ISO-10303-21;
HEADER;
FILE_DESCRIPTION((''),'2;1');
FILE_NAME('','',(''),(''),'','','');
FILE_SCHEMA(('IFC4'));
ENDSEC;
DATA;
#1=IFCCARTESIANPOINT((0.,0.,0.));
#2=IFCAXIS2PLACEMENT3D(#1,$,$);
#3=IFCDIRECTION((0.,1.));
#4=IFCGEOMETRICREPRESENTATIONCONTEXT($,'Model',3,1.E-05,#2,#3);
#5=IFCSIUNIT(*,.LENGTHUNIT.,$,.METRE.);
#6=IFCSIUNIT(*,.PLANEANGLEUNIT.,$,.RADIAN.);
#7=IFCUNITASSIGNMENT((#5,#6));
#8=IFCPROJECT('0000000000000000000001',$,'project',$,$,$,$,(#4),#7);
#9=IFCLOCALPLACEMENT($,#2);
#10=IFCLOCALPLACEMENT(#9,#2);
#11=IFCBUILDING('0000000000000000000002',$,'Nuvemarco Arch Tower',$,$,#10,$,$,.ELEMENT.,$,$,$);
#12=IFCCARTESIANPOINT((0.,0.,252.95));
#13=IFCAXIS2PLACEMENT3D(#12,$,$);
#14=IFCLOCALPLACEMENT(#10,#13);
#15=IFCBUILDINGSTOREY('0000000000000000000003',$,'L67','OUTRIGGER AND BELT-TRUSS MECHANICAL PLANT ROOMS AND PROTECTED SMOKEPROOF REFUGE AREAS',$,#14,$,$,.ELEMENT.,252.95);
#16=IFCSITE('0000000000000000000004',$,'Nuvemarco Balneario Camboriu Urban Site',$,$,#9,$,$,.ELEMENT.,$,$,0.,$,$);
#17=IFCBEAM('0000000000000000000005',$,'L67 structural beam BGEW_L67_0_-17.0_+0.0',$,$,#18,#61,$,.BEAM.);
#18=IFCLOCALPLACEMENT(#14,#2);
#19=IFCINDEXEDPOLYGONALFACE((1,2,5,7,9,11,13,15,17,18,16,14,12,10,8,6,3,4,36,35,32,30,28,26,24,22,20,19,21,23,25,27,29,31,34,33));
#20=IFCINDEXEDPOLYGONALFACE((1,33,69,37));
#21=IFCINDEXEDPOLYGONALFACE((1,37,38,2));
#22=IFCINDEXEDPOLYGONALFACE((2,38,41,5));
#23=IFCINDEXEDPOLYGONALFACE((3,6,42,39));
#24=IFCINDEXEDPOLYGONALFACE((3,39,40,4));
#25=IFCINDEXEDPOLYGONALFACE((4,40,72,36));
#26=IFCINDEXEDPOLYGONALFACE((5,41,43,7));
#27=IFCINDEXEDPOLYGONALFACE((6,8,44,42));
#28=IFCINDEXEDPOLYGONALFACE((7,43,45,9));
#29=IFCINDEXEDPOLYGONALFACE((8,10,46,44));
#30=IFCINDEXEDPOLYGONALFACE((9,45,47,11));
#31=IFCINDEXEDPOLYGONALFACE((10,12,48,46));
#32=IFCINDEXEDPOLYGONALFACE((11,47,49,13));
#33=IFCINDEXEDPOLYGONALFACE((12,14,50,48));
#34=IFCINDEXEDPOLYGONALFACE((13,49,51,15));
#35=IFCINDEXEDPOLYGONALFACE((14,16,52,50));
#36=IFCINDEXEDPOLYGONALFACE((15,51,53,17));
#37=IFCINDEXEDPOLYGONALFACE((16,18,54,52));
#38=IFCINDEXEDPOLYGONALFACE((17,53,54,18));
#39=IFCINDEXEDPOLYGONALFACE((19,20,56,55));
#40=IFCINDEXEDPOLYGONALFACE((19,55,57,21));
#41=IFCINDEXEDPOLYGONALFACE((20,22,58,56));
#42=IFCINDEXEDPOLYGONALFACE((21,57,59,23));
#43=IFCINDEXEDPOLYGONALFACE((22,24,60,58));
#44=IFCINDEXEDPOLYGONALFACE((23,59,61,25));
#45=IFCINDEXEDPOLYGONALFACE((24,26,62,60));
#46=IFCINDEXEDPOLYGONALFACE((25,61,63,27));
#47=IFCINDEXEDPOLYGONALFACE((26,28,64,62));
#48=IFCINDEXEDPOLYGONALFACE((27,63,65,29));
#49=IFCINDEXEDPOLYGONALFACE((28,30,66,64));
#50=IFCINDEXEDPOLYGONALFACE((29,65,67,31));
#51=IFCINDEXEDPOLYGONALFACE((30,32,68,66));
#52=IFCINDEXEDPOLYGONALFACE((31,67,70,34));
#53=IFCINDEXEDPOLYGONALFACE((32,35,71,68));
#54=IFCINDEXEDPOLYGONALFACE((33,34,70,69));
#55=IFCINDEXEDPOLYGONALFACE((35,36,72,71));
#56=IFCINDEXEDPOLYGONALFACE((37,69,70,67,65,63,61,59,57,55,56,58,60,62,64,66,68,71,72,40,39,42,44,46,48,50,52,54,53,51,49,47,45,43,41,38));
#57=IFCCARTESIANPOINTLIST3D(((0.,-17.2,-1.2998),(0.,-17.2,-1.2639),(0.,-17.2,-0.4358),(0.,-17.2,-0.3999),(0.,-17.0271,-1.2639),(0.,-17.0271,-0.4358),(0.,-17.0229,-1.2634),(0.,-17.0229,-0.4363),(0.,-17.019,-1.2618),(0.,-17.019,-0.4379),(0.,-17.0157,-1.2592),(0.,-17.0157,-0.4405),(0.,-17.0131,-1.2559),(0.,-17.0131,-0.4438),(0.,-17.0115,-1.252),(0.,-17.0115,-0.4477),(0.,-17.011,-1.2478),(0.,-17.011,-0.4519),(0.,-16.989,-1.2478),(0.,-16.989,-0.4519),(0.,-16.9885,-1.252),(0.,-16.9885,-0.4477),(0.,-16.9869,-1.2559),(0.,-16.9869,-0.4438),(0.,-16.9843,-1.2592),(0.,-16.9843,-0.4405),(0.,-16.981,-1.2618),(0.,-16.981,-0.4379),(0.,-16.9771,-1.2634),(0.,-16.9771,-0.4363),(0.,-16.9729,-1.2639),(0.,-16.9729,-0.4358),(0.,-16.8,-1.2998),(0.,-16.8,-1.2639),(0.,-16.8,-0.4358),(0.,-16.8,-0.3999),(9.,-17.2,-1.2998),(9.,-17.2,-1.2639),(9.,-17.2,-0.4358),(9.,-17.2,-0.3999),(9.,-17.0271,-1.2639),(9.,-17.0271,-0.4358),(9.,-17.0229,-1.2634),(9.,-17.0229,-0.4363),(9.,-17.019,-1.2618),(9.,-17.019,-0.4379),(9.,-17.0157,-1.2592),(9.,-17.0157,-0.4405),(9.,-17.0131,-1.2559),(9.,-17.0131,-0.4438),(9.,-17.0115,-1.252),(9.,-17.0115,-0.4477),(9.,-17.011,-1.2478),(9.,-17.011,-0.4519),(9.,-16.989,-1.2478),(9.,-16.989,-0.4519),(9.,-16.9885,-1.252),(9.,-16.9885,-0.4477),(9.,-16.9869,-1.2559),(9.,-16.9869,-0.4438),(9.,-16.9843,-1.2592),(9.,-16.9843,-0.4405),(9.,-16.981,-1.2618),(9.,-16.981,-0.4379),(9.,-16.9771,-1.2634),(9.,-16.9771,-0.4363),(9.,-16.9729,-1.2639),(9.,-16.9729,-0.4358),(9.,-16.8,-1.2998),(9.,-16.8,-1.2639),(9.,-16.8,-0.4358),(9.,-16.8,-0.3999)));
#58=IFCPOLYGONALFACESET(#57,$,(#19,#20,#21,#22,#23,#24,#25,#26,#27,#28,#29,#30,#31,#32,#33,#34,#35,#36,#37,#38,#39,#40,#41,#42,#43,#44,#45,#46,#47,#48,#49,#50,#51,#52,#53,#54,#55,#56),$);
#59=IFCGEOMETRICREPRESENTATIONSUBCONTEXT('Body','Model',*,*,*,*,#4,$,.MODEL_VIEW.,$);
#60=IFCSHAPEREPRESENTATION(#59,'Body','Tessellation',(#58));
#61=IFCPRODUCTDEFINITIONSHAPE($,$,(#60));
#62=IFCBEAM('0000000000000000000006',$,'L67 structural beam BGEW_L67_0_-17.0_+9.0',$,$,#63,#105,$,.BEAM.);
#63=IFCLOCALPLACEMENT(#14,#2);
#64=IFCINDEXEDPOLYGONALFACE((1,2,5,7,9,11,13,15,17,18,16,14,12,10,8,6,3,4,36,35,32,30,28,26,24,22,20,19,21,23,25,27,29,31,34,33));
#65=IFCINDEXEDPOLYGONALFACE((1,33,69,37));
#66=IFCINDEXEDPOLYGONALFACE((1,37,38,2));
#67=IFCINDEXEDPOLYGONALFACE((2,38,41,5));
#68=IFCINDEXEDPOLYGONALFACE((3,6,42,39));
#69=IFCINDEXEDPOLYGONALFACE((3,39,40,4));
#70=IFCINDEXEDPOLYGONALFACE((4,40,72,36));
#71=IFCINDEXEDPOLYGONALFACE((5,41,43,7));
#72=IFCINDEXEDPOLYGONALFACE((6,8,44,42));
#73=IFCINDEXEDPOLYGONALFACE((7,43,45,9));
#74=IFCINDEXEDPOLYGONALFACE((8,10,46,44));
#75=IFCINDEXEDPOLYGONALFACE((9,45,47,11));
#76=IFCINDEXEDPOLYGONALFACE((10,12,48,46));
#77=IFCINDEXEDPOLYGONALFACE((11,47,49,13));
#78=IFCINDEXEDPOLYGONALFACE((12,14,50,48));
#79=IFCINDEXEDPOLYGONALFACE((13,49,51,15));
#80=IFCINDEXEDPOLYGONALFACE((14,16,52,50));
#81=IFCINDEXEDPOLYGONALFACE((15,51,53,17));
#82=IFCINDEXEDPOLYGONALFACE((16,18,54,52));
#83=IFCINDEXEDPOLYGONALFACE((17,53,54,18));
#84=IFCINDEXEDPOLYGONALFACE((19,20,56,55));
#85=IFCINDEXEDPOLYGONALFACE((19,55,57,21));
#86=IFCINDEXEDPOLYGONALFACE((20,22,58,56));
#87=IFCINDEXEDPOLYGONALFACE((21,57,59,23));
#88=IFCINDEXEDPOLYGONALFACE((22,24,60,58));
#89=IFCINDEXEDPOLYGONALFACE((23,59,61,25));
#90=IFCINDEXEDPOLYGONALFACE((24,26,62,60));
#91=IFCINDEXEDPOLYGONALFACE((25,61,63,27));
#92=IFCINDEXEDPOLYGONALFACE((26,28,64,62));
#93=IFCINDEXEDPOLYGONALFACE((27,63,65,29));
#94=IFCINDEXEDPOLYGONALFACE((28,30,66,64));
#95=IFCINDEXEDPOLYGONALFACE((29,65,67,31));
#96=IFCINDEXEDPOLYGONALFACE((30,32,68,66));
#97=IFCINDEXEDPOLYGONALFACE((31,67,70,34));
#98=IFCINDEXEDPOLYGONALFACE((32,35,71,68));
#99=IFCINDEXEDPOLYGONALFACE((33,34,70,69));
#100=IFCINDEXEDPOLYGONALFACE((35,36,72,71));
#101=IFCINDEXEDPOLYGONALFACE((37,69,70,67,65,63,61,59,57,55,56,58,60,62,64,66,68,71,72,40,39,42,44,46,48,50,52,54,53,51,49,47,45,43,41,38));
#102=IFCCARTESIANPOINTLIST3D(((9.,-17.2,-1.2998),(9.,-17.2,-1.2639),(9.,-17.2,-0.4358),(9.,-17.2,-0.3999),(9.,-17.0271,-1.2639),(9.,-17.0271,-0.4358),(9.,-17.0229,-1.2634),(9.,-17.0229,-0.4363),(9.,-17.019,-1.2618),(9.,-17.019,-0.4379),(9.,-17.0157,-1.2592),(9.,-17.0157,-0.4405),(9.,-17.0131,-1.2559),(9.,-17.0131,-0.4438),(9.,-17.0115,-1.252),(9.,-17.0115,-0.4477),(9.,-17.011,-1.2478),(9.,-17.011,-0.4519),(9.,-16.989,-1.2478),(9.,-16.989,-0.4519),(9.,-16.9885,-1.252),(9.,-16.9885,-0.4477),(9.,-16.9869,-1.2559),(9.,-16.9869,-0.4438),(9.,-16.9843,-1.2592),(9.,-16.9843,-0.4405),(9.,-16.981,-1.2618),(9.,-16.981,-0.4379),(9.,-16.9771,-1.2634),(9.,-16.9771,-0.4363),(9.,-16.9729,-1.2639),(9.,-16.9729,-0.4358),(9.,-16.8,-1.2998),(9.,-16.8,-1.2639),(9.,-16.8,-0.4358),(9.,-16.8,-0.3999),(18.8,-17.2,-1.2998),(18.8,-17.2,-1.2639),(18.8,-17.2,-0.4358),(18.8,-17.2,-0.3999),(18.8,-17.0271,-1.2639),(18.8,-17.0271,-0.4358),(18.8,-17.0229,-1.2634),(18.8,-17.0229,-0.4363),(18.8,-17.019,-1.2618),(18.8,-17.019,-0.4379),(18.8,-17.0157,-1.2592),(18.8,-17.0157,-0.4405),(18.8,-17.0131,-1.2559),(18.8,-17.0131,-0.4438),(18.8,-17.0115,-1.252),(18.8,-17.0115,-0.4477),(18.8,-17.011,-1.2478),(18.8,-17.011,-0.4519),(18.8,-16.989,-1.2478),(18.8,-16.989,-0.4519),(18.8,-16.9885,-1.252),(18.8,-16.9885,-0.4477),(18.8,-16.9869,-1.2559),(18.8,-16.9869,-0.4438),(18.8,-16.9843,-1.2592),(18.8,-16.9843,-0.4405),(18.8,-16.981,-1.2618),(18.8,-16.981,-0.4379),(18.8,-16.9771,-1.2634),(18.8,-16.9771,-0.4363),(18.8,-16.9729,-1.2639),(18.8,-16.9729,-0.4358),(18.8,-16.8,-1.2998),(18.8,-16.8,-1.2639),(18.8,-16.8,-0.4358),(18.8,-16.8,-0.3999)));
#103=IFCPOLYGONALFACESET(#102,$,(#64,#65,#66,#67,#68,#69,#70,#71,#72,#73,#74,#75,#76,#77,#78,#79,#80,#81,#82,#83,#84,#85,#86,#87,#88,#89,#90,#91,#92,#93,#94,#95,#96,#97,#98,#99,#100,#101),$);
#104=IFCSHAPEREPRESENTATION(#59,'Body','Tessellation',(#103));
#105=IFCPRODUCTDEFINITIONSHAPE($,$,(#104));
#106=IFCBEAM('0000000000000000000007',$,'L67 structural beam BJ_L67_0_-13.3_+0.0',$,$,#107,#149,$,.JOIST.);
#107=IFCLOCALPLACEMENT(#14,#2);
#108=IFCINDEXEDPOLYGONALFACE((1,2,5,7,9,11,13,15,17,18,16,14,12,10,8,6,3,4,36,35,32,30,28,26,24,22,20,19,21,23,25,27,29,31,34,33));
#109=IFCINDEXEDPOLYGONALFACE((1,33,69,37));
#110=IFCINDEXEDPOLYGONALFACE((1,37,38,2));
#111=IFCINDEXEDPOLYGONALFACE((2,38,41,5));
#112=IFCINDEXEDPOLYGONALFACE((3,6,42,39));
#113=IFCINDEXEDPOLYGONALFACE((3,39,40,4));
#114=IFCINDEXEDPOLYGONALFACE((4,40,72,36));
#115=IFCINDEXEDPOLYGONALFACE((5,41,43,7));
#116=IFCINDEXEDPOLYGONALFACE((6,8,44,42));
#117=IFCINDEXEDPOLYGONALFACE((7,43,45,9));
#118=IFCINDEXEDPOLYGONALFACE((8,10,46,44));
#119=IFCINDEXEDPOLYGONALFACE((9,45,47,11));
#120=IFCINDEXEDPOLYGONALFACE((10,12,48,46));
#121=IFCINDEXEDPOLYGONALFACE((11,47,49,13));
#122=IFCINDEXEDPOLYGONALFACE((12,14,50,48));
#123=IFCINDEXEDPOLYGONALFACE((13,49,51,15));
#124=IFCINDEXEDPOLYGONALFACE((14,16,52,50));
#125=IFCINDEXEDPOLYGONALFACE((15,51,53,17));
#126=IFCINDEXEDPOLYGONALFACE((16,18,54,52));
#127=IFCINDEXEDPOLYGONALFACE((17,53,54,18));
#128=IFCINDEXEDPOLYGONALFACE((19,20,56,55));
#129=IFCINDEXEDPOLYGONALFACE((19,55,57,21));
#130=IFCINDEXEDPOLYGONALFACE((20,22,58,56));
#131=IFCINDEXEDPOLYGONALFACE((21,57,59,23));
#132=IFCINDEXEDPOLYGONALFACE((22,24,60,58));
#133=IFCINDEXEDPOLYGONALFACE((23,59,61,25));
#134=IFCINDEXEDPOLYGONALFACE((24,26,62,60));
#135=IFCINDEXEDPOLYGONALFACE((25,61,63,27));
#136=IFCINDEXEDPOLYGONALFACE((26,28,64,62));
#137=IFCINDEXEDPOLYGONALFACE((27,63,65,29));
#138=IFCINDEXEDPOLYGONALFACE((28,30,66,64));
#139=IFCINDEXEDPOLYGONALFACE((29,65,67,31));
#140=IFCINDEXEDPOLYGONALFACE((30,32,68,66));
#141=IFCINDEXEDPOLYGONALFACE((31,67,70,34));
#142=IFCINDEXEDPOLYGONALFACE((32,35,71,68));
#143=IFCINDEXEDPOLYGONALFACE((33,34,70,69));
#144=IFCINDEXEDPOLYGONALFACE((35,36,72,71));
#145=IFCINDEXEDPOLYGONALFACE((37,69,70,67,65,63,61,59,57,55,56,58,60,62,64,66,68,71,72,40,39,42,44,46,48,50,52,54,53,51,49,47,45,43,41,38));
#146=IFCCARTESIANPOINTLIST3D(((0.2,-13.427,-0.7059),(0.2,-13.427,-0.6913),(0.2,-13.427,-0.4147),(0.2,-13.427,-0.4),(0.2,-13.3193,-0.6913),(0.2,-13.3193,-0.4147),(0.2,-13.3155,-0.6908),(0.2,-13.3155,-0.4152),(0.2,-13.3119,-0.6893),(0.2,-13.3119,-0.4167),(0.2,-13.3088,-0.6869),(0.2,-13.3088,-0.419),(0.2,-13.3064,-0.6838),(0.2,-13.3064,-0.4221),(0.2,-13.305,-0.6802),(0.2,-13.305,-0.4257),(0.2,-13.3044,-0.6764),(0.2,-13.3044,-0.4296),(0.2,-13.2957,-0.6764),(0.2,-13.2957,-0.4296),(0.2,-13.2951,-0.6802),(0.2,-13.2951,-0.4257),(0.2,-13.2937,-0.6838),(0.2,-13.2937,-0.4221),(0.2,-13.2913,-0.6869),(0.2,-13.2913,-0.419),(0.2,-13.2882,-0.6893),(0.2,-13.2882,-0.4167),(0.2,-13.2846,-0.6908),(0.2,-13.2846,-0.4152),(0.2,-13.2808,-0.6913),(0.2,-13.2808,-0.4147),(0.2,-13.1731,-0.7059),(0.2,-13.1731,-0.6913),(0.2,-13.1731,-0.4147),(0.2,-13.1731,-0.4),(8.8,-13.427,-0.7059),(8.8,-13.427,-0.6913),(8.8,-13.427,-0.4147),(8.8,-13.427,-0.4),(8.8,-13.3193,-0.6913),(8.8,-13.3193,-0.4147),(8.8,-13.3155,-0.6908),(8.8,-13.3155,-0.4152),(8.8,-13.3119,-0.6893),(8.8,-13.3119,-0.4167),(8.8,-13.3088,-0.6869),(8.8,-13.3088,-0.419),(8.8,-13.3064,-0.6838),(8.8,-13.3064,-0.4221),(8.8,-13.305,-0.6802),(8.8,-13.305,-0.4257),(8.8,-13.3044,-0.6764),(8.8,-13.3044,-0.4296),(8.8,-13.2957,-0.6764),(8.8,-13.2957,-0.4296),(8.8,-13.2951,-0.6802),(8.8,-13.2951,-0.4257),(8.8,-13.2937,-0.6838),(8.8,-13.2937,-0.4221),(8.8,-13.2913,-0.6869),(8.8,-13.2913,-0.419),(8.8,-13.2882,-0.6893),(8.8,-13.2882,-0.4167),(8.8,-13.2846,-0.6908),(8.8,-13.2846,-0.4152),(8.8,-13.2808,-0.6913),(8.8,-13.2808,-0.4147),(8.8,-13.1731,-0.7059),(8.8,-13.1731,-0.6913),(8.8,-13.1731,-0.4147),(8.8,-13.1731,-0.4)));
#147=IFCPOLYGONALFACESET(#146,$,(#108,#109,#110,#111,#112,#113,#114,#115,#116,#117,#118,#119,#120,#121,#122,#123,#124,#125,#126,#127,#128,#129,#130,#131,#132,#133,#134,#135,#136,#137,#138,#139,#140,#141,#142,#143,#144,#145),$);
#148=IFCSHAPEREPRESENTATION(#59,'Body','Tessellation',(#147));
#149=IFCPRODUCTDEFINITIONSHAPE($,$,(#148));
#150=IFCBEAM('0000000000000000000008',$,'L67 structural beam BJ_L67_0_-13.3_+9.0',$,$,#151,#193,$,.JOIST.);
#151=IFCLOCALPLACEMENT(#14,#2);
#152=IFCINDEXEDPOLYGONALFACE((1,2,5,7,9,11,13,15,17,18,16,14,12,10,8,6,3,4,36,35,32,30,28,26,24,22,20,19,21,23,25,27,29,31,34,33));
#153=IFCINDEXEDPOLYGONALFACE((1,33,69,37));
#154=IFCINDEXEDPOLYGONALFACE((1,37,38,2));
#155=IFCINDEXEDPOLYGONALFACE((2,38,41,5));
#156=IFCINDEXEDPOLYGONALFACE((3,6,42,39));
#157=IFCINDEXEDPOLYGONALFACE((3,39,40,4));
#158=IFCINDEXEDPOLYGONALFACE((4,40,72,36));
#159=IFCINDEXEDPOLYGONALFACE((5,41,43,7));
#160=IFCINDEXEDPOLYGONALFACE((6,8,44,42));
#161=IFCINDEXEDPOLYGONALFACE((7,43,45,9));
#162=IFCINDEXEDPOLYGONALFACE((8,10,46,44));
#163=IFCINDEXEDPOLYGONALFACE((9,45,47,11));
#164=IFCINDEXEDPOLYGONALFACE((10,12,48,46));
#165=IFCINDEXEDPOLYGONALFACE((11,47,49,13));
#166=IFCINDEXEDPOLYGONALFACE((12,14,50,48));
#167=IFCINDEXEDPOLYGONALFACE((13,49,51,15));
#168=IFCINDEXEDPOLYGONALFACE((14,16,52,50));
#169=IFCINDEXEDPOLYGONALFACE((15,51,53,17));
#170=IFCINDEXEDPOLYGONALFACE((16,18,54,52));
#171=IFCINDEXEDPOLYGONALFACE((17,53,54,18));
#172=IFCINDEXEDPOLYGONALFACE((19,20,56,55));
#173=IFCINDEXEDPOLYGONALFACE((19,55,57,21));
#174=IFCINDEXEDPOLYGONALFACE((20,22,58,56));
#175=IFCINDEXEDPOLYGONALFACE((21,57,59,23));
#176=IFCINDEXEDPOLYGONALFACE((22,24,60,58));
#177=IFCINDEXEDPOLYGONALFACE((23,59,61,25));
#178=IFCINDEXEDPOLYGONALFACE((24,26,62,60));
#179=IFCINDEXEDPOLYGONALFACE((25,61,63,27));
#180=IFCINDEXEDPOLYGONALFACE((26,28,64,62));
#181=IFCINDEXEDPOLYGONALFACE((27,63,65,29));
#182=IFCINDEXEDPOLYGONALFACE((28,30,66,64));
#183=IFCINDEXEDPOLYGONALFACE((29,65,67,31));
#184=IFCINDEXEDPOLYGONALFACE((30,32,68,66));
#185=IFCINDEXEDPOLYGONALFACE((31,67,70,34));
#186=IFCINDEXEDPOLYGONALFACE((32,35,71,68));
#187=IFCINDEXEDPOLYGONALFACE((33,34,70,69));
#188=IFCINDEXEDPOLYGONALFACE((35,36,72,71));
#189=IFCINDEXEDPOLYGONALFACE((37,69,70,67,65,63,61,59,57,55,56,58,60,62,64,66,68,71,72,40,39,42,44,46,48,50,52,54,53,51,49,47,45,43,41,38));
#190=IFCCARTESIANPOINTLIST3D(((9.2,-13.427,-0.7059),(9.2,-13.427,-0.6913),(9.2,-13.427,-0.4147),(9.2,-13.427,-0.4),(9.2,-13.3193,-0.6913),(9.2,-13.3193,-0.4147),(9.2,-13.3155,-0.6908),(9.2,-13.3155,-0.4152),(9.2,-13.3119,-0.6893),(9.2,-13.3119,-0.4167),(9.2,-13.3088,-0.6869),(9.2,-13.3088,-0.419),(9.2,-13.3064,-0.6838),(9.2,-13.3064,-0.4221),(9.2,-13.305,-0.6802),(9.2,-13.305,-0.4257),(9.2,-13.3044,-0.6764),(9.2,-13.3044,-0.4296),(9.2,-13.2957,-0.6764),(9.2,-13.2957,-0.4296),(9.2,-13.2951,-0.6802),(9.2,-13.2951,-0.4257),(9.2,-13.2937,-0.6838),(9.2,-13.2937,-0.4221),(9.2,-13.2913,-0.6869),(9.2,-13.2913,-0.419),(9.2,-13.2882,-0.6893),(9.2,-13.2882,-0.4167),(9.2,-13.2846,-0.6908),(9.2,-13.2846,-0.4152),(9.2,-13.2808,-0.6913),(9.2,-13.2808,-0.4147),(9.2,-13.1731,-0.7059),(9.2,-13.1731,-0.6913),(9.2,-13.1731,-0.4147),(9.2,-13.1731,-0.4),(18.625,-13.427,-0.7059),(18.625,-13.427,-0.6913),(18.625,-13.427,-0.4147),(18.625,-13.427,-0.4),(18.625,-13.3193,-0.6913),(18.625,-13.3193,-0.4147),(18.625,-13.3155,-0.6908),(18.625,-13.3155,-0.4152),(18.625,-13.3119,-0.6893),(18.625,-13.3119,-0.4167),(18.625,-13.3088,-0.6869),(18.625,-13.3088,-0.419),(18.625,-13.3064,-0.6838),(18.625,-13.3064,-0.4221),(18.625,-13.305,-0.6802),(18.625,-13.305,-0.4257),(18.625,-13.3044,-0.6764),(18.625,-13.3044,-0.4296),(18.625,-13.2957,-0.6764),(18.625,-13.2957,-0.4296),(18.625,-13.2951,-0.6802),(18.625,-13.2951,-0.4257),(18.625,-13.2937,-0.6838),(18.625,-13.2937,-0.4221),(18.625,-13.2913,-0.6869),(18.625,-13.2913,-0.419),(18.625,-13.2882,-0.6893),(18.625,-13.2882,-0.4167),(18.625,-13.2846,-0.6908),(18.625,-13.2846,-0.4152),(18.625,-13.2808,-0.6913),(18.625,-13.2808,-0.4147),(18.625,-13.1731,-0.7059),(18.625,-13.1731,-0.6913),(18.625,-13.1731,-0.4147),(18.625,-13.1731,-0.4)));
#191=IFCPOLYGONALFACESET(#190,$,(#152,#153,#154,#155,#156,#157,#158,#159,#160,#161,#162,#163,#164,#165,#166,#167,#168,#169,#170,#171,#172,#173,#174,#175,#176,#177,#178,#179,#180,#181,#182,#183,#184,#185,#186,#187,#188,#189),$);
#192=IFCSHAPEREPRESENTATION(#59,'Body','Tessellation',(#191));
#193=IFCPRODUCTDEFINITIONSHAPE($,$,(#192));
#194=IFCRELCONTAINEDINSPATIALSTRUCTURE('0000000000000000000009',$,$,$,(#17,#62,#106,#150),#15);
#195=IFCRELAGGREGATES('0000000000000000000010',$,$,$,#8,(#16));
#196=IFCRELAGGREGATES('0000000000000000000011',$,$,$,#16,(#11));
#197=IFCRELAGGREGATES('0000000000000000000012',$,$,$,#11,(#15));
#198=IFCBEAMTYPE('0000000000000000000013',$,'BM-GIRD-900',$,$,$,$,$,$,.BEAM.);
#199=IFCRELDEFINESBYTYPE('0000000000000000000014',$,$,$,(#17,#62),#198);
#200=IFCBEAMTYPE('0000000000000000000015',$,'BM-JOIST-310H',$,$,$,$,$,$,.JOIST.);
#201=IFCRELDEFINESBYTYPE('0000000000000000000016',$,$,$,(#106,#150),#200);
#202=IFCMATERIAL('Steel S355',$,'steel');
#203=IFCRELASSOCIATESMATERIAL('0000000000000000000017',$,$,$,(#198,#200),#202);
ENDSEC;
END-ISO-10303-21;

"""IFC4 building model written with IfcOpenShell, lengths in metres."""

from ifc_helpers import new_model, si_unit, direction, frame, origin, origin_2d, place, context, subcontext, project, spatial, i_section, extrude, material, material_profile, profile_set, type_object, element, save


model = new_model("IFC4")

# Units and contexts
model_context = context("Model", 3, precision=1e-05, world=origin(), true_north=direction((0.0, 1.0)))
body_context = subcontext(model_context, "Body", "Model", "MODEL_VIEW")
ifc_project = project(units=[si_unit("LENGTHUNIT", "METRE"), si_unit("PLANEANGLEUNIT", "RADIAN")], contexts=[model_context])

# Site, building, storey
site_placement = place(None, origin())
site = spatial("IfcSite", under=ifc_project, at=site_placement, Name="Nuvemarco Balneario Camboriu Urban Site", CompositionType="ELEMENT", RefElevation=0.0)
building_placement = place(site_placement, origin())
building = spatial("IfcBuilding", under=site, at=building_placement, Name="Nuvemarco Arch Tower", CompositionType="ELEMENT")
storey_placement = place(building_placement, frame((0.0, 0.0, 252.95)))
storey = spatial("IfcBuildingStorey", under=building, at=storey_placement, Name="L67", Description="OUTRIGGER AND BELT-TRUSS MECHANICAL PLANT ROOMS AND PROTECTED SMOKEPROOF REFUGE AREAS", CompositionType="ELEMENT", Elevation=252.95)

# Shared definitions
ifc_material_1 = material(Name="Steel S355", Category="steel")

# Beams
ifc_material_profile_1 = material_profile(ifc_material_1, i_section(OverallWidth=0.3999, OverallDepth=0.8999, WebThickness=0.022, FlangeThickness=0.0359, FilletRadius=0.0161, at=origin_2d()), Name="PG900x400")
ifc_profile_set_1 = profile_set([ifc_material_profile_1], Name="Steel S355")
beam_type_1 = type_object("IfcBeamType", Name="BM-GIRD-900", PredefinedType="BEAM", material=ifc_profile_set_1)
beam_1_placement = place(storey_placement, frame((0.0, -17.0, -0.8499), z_axis=(1.0, 0.0, 0.0), x_axis=(0.0, 1.0, 0.0)))
element("IfcBeam", 1, at=beam_1_placement, inside=storey, type_object=beam_type_1, Name="L67 structural beam BGEW_L67_0_-17.0_+0.0", PredefinedType="BEAM", context=body_context, shape_type="SweptSolid", body=[
    extrude(i_section(OverallWidth=0.3999, OverallDepth=0.8999, WebThickness=0.022, FlangeThickness=0.0359, FilletRadius=0.0161, at=origin_2d()), origin(), (0.0, 0.0, 1.0), 9.0),
])
beam_2_placement = place(storey_placement, frame((9.0, -17.0, -0.8499), z_axis=(1.0, 0.0, 0.0), x_axis=(0.0, 1.0, 0.0)))
element("IfcBeam", 2, at=beam_2_placement, inside=storey, type_object=beam_type_1, Name="L67 structural beam BGEW_L67_0_-17.0_+9.0", PredefinedType="BEAM", context=body_context, shape_type="SweptSolid", body=[
    extrude(i_section(OverallWidth=0.3999, OverallDepth=0.8999, WebThickness=0.022, FlangeThickness=0.0359, FilletRadius=0.0161, at=origin_2d()), origin(), (0.0, 0.0, 1.0), 9.8),
])
ifc_material_profile_2 = material_profile(ifc_material_1, i_section(OverallWidth=0.2539, OverallDepth=0.3059, WebThickness=0.0088, FlangeThickness=0.0146, FilletRadius=0.0149, at=origin_2d()), Name="W310x79")
ifc_profile_set_2 = profile_set([ifc_material_profile_2], Name="Steel S355")
beam_type_2 = type_object("IfcBeamType", Name="BM-JOIST-310H", PredefinedType="JOIST", material=ifc_profile_set_2)
beam_3_placement = place(storey_placement, frame((0.2, -13.3, -0.553), z_axis=(1.0, 0.0, 0.0), x_axis=(0.0, 1.0, 0.0)))
element("IfcBeam", 3, at=beam_3_placement, inside=storey, type_object=beam_type_2, Name="L67 structural beam BJ_L67_0_-13.3_+0.0", PredefinedType="JOIST", context=body_context, shape_type="SweptSolid", body=[
    extrude(i_section(OverallWidth=0.2539, OverallDepth=0.3059, WebThickness=0.0088, FlangeThickness=0.0146, FilletRadius=0.0149, at=origin_2d()), origin(), (0.0, 0.0, 1.0), 8.6001),
])
beam_4_placement = place(storey_placement, frame((9.2, -13.3, -0.553), z_axis=(1.0, 0.0, 0.0), x_axis=(0.0, 1.0, 0.0)))
element("IfcBeam", 4, at=beam_4_placement, inside=storey, type_object=beam_type_2, Name="L67 structural beam BJ_L67_0_-13.3_+9.0", PredefinedType="JOIST", context=body_context, shape_type="SweptSolid", body=[
    extrude(i_section(OverallWidth=0.2539, OverallDepth=0.3059, WebThickness=0.0088, FlangeThickness=0.0146, FilletRadius=0.0149, at=origin_2d()), origin(), (0.0, 0.0, 1.0), 9.425),
])

save(model, "model.ifc")
